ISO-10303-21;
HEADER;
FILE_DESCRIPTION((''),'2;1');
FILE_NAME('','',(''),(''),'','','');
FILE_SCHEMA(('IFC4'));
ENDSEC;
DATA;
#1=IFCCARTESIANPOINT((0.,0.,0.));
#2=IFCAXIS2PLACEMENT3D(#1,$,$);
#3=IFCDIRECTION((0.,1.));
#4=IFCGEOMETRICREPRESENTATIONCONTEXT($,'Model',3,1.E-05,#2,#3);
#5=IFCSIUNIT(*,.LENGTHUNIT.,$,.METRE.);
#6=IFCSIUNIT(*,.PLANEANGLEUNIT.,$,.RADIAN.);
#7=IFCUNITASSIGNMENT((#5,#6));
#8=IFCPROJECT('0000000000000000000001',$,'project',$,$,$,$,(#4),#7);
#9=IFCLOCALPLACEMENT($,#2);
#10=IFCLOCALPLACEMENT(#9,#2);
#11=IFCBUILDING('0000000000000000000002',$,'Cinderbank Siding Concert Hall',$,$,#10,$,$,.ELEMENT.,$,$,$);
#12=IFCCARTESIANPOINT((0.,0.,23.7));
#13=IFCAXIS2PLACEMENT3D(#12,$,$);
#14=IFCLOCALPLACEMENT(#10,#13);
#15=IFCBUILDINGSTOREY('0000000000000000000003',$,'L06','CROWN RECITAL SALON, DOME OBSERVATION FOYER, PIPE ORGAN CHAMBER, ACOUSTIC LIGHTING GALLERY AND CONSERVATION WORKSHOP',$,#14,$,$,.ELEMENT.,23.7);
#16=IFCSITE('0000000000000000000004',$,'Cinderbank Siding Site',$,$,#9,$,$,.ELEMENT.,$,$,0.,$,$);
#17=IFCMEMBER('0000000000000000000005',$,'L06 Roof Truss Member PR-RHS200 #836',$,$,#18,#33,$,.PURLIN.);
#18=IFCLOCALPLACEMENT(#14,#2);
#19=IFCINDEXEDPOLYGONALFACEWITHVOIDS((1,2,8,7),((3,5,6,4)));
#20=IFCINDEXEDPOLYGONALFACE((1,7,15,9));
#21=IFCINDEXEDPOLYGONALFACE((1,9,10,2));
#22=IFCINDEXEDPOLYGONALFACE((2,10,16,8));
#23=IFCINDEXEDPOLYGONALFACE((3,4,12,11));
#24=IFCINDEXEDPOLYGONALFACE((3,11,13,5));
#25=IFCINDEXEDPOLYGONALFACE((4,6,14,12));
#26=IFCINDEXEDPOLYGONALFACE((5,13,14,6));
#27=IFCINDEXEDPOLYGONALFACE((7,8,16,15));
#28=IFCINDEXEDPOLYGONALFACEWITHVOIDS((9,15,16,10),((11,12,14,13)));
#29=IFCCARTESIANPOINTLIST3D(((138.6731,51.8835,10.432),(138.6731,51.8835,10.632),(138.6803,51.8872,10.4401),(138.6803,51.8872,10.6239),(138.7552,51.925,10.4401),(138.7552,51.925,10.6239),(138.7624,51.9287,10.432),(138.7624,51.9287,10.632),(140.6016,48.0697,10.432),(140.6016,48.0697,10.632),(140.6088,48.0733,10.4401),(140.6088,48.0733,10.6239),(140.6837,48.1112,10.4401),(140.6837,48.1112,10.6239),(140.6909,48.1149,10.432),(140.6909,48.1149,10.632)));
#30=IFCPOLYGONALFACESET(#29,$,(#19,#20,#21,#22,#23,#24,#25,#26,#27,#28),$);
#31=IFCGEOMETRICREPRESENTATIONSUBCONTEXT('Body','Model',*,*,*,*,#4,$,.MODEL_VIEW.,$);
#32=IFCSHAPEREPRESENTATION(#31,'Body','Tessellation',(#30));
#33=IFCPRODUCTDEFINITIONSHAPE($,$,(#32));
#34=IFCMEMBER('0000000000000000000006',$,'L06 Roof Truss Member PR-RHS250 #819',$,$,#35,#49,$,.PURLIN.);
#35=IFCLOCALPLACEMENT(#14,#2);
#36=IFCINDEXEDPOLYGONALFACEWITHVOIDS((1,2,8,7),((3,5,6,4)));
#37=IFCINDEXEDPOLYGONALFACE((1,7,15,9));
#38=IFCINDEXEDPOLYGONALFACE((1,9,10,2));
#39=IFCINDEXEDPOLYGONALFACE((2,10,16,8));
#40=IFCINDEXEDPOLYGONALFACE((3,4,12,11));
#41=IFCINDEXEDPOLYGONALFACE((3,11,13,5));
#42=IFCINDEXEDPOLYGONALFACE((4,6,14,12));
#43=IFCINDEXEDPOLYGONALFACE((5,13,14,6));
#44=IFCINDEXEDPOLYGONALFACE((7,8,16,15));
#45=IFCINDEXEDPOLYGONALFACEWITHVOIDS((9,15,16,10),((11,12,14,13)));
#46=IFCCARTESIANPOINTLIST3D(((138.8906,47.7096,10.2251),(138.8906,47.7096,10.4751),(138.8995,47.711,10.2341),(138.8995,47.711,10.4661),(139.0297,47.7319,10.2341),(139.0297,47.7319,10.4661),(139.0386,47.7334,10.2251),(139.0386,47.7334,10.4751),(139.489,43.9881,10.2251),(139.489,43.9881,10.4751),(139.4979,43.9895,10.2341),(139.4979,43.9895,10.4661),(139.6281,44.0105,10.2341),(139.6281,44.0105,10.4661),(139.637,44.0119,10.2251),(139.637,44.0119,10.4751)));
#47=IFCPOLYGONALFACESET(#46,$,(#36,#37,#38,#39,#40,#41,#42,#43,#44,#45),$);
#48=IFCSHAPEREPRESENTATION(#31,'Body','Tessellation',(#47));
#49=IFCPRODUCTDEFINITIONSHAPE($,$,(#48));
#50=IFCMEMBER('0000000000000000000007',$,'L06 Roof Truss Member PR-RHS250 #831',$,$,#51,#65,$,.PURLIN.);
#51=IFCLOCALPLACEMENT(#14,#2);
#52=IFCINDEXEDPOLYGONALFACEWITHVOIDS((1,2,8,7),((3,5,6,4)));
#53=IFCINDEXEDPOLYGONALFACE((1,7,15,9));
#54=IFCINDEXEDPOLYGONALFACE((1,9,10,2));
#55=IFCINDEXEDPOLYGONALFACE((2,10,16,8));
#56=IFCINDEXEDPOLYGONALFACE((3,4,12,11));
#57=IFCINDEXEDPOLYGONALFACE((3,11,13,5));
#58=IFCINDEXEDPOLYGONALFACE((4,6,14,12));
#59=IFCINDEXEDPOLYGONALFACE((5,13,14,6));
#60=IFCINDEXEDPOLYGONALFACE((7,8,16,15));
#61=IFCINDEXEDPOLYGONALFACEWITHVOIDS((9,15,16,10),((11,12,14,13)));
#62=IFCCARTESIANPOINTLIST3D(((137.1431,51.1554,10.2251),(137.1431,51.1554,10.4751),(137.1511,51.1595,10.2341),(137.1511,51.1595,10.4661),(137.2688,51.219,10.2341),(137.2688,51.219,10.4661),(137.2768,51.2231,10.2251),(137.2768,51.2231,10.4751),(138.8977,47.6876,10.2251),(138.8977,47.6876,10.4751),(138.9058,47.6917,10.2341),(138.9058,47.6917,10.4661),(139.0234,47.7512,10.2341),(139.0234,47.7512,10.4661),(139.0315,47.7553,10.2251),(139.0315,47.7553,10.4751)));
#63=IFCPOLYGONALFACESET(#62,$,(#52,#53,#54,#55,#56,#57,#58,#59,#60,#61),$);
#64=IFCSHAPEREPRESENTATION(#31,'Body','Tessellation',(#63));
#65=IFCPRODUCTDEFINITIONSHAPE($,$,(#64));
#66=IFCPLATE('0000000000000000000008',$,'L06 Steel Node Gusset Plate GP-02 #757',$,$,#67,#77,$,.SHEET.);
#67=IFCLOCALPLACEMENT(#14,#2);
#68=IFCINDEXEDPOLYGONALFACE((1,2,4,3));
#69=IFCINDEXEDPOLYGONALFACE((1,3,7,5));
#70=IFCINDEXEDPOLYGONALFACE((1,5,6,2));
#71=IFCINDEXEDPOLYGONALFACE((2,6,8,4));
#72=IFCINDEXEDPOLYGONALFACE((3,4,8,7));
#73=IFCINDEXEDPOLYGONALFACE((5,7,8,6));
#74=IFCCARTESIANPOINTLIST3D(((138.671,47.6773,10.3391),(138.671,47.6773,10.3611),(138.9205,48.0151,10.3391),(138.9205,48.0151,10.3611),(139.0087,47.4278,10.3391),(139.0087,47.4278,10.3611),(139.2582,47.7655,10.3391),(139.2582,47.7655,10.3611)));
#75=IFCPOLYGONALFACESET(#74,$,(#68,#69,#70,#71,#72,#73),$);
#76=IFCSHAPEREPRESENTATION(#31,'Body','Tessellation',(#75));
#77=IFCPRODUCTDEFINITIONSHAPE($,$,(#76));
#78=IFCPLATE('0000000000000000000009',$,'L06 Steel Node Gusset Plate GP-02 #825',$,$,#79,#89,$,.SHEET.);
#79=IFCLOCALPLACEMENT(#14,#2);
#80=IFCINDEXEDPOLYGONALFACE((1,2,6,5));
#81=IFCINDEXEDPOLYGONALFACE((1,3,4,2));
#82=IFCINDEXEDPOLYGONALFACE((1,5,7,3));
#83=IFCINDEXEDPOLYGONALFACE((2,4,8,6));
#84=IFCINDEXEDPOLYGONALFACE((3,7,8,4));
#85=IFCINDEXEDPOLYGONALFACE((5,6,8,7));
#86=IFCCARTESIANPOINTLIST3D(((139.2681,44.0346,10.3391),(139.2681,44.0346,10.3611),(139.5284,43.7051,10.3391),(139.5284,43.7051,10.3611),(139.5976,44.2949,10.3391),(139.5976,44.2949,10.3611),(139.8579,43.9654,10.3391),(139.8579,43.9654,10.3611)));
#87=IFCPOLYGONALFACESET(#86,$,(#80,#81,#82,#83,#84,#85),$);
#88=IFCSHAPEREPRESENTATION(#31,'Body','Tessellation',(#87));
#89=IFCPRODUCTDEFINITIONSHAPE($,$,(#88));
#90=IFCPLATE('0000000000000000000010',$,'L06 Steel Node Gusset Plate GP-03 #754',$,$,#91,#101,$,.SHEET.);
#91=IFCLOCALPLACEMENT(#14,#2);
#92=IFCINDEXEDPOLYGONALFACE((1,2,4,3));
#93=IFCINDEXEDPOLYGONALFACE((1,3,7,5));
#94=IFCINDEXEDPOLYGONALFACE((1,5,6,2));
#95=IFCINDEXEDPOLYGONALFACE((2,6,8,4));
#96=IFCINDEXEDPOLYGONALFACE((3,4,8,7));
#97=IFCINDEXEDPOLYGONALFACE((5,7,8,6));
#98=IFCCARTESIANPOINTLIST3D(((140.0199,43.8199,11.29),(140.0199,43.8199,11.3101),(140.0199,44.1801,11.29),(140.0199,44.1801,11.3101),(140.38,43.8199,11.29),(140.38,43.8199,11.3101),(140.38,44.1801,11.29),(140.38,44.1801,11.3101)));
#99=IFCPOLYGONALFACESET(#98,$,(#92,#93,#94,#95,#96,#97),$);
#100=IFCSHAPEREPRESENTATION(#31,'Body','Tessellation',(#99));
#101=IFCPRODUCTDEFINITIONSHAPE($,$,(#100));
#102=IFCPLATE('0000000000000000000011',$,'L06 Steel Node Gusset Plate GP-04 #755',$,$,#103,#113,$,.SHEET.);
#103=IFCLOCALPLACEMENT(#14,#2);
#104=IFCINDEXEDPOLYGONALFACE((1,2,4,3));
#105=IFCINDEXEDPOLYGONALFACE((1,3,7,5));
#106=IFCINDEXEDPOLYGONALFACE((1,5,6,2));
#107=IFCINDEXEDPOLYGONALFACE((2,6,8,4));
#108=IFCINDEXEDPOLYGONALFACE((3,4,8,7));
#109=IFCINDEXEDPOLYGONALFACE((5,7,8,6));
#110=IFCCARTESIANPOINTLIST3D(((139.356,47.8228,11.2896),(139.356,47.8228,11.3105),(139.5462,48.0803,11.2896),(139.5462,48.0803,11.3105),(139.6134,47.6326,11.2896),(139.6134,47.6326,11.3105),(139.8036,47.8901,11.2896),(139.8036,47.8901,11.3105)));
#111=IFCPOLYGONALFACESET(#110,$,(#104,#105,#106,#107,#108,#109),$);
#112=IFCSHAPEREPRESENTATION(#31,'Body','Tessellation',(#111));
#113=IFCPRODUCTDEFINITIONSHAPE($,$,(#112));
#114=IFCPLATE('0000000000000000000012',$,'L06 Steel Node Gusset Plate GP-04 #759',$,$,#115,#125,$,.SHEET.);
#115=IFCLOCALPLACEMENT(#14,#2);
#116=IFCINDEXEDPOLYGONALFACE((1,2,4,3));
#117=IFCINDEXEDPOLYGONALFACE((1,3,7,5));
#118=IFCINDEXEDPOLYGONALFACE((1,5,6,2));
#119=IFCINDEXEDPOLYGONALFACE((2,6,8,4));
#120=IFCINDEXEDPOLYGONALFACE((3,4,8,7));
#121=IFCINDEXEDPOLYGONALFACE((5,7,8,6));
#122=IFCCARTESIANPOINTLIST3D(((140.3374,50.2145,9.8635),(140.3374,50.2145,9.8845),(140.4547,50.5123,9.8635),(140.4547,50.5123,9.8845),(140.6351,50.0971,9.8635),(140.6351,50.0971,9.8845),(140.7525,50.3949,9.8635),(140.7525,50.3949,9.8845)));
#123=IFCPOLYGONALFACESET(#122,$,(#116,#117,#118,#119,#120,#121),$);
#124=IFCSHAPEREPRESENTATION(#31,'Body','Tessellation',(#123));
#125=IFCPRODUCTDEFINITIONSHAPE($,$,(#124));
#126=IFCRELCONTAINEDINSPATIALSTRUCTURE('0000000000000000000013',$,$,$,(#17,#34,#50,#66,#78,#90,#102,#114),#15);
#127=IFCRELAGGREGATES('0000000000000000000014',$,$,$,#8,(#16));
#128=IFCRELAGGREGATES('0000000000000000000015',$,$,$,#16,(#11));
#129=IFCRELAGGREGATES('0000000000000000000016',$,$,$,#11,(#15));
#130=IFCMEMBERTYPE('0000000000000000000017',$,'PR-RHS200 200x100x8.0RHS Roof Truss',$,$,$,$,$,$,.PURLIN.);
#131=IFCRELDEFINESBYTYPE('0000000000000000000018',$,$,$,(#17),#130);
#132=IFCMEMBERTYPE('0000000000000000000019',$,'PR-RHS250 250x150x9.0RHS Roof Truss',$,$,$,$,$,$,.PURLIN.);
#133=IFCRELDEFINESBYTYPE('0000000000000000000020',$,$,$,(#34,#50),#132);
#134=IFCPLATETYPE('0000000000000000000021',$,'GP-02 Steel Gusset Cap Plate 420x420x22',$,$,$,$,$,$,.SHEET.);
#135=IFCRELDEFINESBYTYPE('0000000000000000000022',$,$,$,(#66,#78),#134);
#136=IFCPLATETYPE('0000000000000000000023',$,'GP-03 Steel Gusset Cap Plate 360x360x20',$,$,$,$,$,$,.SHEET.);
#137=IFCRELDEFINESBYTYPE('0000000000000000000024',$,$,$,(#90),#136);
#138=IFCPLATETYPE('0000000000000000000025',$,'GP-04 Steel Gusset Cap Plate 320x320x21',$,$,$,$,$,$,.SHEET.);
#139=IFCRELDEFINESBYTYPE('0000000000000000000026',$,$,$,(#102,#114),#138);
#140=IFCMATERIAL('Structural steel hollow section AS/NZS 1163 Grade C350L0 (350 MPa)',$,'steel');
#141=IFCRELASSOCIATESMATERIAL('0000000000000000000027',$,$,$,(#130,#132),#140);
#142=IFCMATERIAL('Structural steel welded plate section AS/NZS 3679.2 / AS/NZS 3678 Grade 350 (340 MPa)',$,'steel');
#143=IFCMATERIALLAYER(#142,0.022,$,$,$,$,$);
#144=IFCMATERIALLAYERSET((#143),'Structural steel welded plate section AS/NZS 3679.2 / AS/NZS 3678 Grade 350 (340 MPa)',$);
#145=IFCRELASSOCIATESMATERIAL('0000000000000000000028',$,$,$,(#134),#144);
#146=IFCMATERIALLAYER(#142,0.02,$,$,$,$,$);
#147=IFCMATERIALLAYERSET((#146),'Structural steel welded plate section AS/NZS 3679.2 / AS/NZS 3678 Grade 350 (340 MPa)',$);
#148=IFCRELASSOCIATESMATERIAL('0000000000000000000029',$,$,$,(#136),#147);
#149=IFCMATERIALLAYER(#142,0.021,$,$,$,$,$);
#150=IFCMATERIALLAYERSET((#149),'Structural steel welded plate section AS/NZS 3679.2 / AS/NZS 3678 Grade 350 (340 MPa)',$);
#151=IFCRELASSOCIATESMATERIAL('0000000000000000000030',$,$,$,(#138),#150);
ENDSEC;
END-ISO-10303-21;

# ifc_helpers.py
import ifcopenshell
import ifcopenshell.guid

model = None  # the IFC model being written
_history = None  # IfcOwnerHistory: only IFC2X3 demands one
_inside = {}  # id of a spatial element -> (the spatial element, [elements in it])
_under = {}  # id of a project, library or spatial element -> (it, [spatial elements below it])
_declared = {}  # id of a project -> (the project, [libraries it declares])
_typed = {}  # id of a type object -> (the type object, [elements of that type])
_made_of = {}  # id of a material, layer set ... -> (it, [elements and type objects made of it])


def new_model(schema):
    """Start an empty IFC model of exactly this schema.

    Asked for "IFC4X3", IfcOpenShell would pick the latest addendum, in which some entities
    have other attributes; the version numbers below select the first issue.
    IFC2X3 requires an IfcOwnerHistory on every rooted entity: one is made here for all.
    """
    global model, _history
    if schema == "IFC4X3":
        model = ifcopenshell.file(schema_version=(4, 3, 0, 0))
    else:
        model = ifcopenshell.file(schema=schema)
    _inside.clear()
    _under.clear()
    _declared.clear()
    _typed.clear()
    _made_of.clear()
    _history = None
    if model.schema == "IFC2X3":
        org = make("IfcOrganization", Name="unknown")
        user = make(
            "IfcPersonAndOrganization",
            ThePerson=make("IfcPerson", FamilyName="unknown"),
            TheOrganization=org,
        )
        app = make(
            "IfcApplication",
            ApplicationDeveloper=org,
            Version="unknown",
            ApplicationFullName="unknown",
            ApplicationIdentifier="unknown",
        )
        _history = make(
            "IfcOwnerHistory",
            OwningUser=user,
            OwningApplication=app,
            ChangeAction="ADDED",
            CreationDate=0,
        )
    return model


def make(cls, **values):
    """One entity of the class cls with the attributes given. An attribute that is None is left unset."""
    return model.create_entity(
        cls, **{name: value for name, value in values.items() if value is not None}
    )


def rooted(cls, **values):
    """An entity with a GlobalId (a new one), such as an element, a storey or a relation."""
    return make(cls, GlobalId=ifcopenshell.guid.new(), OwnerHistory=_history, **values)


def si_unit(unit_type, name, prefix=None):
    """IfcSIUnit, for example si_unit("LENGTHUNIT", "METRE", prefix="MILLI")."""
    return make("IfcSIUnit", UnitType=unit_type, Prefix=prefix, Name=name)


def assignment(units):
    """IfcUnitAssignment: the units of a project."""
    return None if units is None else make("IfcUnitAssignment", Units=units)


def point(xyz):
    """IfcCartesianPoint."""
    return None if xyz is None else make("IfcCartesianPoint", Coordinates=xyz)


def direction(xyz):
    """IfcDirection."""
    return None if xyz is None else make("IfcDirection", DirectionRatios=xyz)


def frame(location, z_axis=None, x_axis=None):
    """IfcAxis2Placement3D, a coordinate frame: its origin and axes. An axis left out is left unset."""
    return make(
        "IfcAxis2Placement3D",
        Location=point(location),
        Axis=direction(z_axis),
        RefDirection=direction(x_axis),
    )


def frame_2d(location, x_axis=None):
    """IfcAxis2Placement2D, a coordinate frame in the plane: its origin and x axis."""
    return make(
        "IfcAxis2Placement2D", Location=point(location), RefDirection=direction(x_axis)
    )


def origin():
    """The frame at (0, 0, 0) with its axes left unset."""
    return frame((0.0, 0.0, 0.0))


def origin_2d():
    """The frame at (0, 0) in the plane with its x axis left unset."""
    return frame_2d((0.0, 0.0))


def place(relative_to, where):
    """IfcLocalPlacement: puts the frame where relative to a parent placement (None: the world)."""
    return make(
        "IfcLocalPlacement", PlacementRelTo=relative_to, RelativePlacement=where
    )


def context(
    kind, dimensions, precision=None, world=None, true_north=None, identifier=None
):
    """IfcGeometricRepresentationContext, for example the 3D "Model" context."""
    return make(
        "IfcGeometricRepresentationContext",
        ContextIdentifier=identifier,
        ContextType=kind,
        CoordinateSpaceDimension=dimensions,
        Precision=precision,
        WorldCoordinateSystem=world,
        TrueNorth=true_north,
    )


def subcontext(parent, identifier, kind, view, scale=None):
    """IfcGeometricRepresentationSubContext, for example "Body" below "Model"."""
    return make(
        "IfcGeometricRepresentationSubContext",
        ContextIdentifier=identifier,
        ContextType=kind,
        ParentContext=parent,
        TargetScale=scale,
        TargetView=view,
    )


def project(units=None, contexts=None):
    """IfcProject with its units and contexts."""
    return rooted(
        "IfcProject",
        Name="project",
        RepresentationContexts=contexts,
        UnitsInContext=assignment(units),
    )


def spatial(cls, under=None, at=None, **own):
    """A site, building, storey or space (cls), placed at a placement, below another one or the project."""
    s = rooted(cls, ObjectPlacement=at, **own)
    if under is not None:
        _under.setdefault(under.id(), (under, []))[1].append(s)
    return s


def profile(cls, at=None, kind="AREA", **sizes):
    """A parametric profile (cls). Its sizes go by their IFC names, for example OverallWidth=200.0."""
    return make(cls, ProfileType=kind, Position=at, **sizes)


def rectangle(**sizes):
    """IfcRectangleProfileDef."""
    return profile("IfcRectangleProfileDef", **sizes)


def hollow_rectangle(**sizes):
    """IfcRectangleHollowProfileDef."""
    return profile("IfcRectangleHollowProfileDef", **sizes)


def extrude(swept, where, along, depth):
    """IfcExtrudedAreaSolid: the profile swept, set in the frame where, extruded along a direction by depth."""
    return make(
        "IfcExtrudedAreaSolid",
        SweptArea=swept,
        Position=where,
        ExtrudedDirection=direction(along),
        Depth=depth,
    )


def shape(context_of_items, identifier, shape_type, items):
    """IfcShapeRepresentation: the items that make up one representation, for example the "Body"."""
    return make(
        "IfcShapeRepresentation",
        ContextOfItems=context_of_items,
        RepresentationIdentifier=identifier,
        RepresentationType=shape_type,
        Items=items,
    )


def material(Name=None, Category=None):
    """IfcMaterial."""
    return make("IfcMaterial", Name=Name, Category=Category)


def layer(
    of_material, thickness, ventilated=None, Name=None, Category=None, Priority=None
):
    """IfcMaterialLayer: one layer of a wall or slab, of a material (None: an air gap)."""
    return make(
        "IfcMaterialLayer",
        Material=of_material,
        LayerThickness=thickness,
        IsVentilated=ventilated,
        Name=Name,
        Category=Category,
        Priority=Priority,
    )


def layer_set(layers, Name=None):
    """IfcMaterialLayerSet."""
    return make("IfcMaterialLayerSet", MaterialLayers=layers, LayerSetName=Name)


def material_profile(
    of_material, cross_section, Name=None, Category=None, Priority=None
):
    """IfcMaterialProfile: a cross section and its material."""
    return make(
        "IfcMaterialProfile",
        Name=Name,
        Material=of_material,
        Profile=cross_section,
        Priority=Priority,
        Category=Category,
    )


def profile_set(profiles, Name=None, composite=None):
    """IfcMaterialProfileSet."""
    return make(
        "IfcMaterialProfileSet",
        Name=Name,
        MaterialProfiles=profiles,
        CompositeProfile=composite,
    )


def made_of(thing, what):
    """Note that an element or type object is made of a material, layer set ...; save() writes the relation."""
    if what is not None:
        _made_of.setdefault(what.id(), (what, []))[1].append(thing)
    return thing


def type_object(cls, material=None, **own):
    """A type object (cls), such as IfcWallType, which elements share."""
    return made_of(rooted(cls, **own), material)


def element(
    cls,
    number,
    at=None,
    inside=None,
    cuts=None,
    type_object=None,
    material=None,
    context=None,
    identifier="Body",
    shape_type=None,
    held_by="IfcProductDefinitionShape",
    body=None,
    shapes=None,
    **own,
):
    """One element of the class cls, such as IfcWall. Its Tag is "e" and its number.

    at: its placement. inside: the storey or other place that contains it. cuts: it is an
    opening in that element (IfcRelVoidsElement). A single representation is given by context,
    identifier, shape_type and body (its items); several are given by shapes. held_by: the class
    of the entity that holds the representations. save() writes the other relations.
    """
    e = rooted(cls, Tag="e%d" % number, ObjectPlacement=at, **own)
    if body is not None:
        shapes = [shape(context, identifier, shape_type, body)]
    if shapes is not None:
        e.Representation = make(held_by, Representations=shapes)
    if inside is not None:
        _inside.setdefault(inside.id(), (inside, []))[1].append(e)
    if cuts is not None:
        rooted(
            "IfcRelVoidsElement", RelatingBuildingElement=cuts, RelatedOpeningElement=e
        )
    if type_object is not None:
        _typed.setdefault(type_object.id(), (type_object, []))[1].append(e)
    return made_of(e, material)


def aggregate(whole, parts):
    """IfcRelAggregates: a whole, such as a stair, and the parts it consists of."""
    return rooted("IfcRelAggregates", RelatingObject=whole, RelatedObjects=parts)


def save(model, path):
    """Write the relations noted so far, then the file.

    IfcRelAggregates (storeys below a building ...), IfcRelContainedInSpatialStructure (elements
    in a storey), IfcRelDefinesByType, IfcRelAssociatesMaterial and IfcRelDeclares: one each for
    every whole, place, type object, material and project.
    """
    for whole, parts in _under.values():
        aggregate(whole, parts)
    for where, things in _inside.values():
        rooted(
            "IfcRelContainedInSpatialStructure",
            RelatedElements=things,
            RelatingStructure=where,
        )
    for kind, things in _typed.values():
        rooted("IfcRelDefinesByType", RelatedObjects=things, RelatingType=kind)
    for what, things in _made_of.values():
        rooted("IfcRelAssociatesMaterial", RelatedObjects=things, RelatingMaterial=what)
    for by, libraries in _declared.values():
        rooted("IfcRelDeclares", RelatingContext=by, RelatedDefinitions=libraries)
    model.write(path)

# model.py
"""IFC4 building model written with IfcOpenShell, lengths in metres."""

from ifc_helpers import new_model, si_unit, direction, frame, origin, origin_2d, place, context, subcontext, project, spatial, rectangle, hollow_rectangle, extrude, material, layer, layer_set, material_profile, profile_set, type_object, element, save


model = new_model("IFC4")

# Units and contexts
model_context = context("Model", 3, precision=1e-05, world=origin(), true_north=direction((0.0, 1.0)))
body_context = subcontext(model_context, "Body", "Model", "MODEL_VIEW")
ifc_project = project(units=[si_unit("LENGTHUNIT", "METRE"), si_unit("PLANEANGLEUNIT", "RADIAN")], contexts=[model_context])

# Site, building, storey
site_placement = place(None, origin())
site = spatial("IfcSite", under=ifc_project, at=site_placement, Name="Cinderbank Siding Site", CompositionType="ELEMENT", RefElevation=0.0)
building_placement = place(site_placement, origin())
building = spatial("IfcBuilding", under=site, at=building_placement, Name="Cinderbank Siding Concert Hall", CompositionType="ELEMENT")
storey_placement = place(building_placement, frame((0.0, 0.0, 23.7)))
storey = spatial("IfcBuildingStorey", under=building, at=storey_placement, Name="L06", Description="CROWN RECITAL SALON, DOME OBSERVATION FOYER, PIPE ORGAN CHAMBER, ACOUSTIC LIGHTING GALLERY AND CONSERVATION WORKSHOP", CompositionType="ELEMENT", Elevation=23.7)

# Members
ifc_material_1 = material(Name="Structural steel hollow section AS/NZS 1163 Grade C350L0 (350 MPa)", Category="steel")
ifc_material_profile_1 = material_profile(ifc_material_1, hollow_rectangle(XDim=0.1001, YDim=0.2, WallThickness=0.0081, at=origin_2d()), Name="200x100x8.0RHS", Category="LoadBearing")
ifc_profile_set_1 = profile_set([ifc_material_profile_1], Name="Structural steel hollow section AS/NZS 1163 Grade C350L0 (350 MPa)")
member_type_1 = type_object("IfcMemberType", Name="PR-RHS200 200x100x8.0RHS Roof Truss", PredefinedType="PURLIN", material=ifc_profile_set_1)
member_1_placement = place(storey_placement, frame((140.6462, 48.0923, 10.532), z_axis=(-0.451254, 0.892396, 0.0), x_axis=(-0.892396, -0.451254, 0.0)))
element("IfcMember", 1, at=member_1_placement, inside=storey, type_object=member_type_1, Name="L06 Roof Truss Member PR-RHS200 #836", PredefinedType="PURLIN", context=body_context, shape_type="SweptSolid", body=[
    extrude(hollow_rectangle(XDim=0.1001, YDim=0.2, WallThickness=0.0081, at=origin_2d()), origin(), (0.0, 0.0, 1.0), 4.2737),
])
ifc_material_profile_2 = material_profile(ifc_material_1, hollow_rectangle(XDim=0.1499, YDim=0.25, WallThickness=0.009, at=origin_2d()), Name="250x150x9.0RHS", Category="LoadBearing")
ifc_profile_set_2 = profile_set([ifc_material_profile_2], Name="Structural steel hollow section AS/NZS 1163 Grade C350L0 (350 MPa)")
member_type_2 = type_object("IfcMemberType", Name="PR-RHS250 250x150x9.0RHS Roof Truss", PredefinedType="PURLIN", material=ifc_profile_set_2)
member_2_placement = place(storey_placement, frame((139.563, 44.0, 10.3501), z_axis=(-0.158756, 0.987318, 0.0), x_axis=(-0.987318, -0.158756, 0.0)))
element("IfcMember", 2, at=member_2_placement, inside=storey, type_object=member_type_2, Name="L06 Roof Truss Member PR-RHS250 #819", PredefinedType="PURLIN", context=body_context, shape_type="SweptSolid", body=[
    extrude(hollow_rectangle(XDim=0.1499, YDim=0.25, WallThickness=0.009, at=origin_2d()), origin(), (0.0, 0.0, 1.0), 3.7693),
])
member_3_placement = place(storey_placement, frame((138.9646, 47.7214, 10.3501), z_axis=(-0.45148, 0.892281, 0.0), x_axis=(-0.892281, -0.45148, 0.0)))
element("IfcMember", 3, at=member_3_placement, inside=storey, type_object=member_type_2, Name="L06 Roof Truss Member PR-RHS250 #831", PredefinedType="PURLIN", context=body_context, shape_type="SweptSolid", body=[
    extrude(hollow_rectangle(XDim=0.1499, YDim=0.25, WallThickness=0.009, at=origin_2d()), origin(), (0.0, 0.0, 1.0), 3.8865),
])

# Plates
ifc_material_2 = material(Name="Structural steel welded plate section AS/NZS 3679.2 / AS/NZS 3678 Grade 350 (340 MPa)", Category="steel")
ifc_layer_1 = layer(ifc_material_2, 0.022)
ifc_layer_set_1 = layer_set([ifc_layer_1], Name="Structural steel welded plate section AS/NZS 3679.2 / AS/NZS 3678 Grade 350 (340 MPa)")
plate_type_1 = type_object("IfcPlateType", Name="GP-02 Steel Gusset Cap Plate 420x420x22", PredefinedType="SHEET", material=ifc_layer_set_1)
for number, where, z_axis, x_axis, name in (
    (4, (138.9646, 47.7214, 10.3391), (0.0, 0.0, 1.0), (-0.804272, 0.594261, 0.0), "L06 Steel Node Gusset Plate GP-02 #757"),
    (5, (139.563, 44.0, 10.3391), (0.0, 0.0, 1.0), (-0.619916, 0.784668, 0.0), "L06 Steel Node Gusset Plate GP-02 #825"),
):
    element("IfcPlate", number, at=place(storey_placement, frame(where, z_axis=z_axis, x_axis=x_axis)), inside=storey, type_object=plate_type_1, Name=name, PredefinedType="SHEET", context=body_context, shape_type="SweptSolid", body=[
        extrude(rectangle(XDim=0.4199, YDim=0.4199, at=origin_2d()), origin(), (0.0, 0.0, 1.0), 0.022),
    ])
ifc_layer_2 = layer(ifc_material_2, 0.02)
ifc_layer_set_2 = layer_set([ifc_layer_2], Name="Structural steel welded plate section AS/NZS 3679.2 / AS/NZS 3678 Grade 350 (340 MPa)")
plate_type_2 = type_object("IfcPlateType", Name="GP-03 Steel Gusset Cap Plate 360x360x20", PredefinedType="SHEET", material=ifc_layer_set_2)
plate_placement = place(storey_placement, frame((140.2, 44.0, 11.29), z_axis=(0.0, 0.0, 1.0), x_axis=(-1.0, 0.0, 0.0)))
element("IfcPlate", 6, at=plate_placement, inside=storey, type_object=plate_type_2, Name="L06 Steel Node Gusset Plate GP-03 #754", PredefinedType="SHEET", context=body_context, shape_type="SweptSolid", body=[
    extrude(rectangle(XDim=0.3601, YDim=0.3601, at=origin_2d()), origin(), (0.0, 0.0, 1.0), 0.02),
])
ifc_layer_3 = layer(ifc_material_2, 0.021)
ifc_layer_set_3 = layer_set([ifc_layer_3], Name="Structural steel welded plate section AS/NZS 3679.2 / AS/NZS 3678 Grade 350 (340 MPa)")
plate_type_3 = type_object("IfcPlateType", Name="GP-04 Steel Gusset Cap Plate 320x320x21", PredefinedType="SHEET", material=ifc_layer_set_3)
for number, where, z_axis, x_axis, name in (
    (7, (139.5798, 47.8564, 11.2896), (0.0, 0.0, 1.0), (-0.804272, 0.594261, 0.0), "L06 Steel Node Gusset Plate GP-04 #755"),
    (8, (140.5449, 50.3047, 9.8635), (0.0, 0.0, 1.0), (-0.366664, -0.930354, 0.0), "L06 Steel Node Gusset Plate GP-04 #759"),
):
    element("IfcPlate", number, at=place(storey_placement, frame(where, z_axis=z_axis, x_axis=x_axis)), inside=storey, type_object=plate_type_3, Name=name, PredefinedType="SHEET", context=body_context, shape_type="SweptSolid", body=[
        extrude(rectangle(XDim=0.3201, YDim=0.3201, at=origin_2d()), origin(), (0.0, 0.0, 1.0), 0.021),
    ])

save(model, "model.ifc")
